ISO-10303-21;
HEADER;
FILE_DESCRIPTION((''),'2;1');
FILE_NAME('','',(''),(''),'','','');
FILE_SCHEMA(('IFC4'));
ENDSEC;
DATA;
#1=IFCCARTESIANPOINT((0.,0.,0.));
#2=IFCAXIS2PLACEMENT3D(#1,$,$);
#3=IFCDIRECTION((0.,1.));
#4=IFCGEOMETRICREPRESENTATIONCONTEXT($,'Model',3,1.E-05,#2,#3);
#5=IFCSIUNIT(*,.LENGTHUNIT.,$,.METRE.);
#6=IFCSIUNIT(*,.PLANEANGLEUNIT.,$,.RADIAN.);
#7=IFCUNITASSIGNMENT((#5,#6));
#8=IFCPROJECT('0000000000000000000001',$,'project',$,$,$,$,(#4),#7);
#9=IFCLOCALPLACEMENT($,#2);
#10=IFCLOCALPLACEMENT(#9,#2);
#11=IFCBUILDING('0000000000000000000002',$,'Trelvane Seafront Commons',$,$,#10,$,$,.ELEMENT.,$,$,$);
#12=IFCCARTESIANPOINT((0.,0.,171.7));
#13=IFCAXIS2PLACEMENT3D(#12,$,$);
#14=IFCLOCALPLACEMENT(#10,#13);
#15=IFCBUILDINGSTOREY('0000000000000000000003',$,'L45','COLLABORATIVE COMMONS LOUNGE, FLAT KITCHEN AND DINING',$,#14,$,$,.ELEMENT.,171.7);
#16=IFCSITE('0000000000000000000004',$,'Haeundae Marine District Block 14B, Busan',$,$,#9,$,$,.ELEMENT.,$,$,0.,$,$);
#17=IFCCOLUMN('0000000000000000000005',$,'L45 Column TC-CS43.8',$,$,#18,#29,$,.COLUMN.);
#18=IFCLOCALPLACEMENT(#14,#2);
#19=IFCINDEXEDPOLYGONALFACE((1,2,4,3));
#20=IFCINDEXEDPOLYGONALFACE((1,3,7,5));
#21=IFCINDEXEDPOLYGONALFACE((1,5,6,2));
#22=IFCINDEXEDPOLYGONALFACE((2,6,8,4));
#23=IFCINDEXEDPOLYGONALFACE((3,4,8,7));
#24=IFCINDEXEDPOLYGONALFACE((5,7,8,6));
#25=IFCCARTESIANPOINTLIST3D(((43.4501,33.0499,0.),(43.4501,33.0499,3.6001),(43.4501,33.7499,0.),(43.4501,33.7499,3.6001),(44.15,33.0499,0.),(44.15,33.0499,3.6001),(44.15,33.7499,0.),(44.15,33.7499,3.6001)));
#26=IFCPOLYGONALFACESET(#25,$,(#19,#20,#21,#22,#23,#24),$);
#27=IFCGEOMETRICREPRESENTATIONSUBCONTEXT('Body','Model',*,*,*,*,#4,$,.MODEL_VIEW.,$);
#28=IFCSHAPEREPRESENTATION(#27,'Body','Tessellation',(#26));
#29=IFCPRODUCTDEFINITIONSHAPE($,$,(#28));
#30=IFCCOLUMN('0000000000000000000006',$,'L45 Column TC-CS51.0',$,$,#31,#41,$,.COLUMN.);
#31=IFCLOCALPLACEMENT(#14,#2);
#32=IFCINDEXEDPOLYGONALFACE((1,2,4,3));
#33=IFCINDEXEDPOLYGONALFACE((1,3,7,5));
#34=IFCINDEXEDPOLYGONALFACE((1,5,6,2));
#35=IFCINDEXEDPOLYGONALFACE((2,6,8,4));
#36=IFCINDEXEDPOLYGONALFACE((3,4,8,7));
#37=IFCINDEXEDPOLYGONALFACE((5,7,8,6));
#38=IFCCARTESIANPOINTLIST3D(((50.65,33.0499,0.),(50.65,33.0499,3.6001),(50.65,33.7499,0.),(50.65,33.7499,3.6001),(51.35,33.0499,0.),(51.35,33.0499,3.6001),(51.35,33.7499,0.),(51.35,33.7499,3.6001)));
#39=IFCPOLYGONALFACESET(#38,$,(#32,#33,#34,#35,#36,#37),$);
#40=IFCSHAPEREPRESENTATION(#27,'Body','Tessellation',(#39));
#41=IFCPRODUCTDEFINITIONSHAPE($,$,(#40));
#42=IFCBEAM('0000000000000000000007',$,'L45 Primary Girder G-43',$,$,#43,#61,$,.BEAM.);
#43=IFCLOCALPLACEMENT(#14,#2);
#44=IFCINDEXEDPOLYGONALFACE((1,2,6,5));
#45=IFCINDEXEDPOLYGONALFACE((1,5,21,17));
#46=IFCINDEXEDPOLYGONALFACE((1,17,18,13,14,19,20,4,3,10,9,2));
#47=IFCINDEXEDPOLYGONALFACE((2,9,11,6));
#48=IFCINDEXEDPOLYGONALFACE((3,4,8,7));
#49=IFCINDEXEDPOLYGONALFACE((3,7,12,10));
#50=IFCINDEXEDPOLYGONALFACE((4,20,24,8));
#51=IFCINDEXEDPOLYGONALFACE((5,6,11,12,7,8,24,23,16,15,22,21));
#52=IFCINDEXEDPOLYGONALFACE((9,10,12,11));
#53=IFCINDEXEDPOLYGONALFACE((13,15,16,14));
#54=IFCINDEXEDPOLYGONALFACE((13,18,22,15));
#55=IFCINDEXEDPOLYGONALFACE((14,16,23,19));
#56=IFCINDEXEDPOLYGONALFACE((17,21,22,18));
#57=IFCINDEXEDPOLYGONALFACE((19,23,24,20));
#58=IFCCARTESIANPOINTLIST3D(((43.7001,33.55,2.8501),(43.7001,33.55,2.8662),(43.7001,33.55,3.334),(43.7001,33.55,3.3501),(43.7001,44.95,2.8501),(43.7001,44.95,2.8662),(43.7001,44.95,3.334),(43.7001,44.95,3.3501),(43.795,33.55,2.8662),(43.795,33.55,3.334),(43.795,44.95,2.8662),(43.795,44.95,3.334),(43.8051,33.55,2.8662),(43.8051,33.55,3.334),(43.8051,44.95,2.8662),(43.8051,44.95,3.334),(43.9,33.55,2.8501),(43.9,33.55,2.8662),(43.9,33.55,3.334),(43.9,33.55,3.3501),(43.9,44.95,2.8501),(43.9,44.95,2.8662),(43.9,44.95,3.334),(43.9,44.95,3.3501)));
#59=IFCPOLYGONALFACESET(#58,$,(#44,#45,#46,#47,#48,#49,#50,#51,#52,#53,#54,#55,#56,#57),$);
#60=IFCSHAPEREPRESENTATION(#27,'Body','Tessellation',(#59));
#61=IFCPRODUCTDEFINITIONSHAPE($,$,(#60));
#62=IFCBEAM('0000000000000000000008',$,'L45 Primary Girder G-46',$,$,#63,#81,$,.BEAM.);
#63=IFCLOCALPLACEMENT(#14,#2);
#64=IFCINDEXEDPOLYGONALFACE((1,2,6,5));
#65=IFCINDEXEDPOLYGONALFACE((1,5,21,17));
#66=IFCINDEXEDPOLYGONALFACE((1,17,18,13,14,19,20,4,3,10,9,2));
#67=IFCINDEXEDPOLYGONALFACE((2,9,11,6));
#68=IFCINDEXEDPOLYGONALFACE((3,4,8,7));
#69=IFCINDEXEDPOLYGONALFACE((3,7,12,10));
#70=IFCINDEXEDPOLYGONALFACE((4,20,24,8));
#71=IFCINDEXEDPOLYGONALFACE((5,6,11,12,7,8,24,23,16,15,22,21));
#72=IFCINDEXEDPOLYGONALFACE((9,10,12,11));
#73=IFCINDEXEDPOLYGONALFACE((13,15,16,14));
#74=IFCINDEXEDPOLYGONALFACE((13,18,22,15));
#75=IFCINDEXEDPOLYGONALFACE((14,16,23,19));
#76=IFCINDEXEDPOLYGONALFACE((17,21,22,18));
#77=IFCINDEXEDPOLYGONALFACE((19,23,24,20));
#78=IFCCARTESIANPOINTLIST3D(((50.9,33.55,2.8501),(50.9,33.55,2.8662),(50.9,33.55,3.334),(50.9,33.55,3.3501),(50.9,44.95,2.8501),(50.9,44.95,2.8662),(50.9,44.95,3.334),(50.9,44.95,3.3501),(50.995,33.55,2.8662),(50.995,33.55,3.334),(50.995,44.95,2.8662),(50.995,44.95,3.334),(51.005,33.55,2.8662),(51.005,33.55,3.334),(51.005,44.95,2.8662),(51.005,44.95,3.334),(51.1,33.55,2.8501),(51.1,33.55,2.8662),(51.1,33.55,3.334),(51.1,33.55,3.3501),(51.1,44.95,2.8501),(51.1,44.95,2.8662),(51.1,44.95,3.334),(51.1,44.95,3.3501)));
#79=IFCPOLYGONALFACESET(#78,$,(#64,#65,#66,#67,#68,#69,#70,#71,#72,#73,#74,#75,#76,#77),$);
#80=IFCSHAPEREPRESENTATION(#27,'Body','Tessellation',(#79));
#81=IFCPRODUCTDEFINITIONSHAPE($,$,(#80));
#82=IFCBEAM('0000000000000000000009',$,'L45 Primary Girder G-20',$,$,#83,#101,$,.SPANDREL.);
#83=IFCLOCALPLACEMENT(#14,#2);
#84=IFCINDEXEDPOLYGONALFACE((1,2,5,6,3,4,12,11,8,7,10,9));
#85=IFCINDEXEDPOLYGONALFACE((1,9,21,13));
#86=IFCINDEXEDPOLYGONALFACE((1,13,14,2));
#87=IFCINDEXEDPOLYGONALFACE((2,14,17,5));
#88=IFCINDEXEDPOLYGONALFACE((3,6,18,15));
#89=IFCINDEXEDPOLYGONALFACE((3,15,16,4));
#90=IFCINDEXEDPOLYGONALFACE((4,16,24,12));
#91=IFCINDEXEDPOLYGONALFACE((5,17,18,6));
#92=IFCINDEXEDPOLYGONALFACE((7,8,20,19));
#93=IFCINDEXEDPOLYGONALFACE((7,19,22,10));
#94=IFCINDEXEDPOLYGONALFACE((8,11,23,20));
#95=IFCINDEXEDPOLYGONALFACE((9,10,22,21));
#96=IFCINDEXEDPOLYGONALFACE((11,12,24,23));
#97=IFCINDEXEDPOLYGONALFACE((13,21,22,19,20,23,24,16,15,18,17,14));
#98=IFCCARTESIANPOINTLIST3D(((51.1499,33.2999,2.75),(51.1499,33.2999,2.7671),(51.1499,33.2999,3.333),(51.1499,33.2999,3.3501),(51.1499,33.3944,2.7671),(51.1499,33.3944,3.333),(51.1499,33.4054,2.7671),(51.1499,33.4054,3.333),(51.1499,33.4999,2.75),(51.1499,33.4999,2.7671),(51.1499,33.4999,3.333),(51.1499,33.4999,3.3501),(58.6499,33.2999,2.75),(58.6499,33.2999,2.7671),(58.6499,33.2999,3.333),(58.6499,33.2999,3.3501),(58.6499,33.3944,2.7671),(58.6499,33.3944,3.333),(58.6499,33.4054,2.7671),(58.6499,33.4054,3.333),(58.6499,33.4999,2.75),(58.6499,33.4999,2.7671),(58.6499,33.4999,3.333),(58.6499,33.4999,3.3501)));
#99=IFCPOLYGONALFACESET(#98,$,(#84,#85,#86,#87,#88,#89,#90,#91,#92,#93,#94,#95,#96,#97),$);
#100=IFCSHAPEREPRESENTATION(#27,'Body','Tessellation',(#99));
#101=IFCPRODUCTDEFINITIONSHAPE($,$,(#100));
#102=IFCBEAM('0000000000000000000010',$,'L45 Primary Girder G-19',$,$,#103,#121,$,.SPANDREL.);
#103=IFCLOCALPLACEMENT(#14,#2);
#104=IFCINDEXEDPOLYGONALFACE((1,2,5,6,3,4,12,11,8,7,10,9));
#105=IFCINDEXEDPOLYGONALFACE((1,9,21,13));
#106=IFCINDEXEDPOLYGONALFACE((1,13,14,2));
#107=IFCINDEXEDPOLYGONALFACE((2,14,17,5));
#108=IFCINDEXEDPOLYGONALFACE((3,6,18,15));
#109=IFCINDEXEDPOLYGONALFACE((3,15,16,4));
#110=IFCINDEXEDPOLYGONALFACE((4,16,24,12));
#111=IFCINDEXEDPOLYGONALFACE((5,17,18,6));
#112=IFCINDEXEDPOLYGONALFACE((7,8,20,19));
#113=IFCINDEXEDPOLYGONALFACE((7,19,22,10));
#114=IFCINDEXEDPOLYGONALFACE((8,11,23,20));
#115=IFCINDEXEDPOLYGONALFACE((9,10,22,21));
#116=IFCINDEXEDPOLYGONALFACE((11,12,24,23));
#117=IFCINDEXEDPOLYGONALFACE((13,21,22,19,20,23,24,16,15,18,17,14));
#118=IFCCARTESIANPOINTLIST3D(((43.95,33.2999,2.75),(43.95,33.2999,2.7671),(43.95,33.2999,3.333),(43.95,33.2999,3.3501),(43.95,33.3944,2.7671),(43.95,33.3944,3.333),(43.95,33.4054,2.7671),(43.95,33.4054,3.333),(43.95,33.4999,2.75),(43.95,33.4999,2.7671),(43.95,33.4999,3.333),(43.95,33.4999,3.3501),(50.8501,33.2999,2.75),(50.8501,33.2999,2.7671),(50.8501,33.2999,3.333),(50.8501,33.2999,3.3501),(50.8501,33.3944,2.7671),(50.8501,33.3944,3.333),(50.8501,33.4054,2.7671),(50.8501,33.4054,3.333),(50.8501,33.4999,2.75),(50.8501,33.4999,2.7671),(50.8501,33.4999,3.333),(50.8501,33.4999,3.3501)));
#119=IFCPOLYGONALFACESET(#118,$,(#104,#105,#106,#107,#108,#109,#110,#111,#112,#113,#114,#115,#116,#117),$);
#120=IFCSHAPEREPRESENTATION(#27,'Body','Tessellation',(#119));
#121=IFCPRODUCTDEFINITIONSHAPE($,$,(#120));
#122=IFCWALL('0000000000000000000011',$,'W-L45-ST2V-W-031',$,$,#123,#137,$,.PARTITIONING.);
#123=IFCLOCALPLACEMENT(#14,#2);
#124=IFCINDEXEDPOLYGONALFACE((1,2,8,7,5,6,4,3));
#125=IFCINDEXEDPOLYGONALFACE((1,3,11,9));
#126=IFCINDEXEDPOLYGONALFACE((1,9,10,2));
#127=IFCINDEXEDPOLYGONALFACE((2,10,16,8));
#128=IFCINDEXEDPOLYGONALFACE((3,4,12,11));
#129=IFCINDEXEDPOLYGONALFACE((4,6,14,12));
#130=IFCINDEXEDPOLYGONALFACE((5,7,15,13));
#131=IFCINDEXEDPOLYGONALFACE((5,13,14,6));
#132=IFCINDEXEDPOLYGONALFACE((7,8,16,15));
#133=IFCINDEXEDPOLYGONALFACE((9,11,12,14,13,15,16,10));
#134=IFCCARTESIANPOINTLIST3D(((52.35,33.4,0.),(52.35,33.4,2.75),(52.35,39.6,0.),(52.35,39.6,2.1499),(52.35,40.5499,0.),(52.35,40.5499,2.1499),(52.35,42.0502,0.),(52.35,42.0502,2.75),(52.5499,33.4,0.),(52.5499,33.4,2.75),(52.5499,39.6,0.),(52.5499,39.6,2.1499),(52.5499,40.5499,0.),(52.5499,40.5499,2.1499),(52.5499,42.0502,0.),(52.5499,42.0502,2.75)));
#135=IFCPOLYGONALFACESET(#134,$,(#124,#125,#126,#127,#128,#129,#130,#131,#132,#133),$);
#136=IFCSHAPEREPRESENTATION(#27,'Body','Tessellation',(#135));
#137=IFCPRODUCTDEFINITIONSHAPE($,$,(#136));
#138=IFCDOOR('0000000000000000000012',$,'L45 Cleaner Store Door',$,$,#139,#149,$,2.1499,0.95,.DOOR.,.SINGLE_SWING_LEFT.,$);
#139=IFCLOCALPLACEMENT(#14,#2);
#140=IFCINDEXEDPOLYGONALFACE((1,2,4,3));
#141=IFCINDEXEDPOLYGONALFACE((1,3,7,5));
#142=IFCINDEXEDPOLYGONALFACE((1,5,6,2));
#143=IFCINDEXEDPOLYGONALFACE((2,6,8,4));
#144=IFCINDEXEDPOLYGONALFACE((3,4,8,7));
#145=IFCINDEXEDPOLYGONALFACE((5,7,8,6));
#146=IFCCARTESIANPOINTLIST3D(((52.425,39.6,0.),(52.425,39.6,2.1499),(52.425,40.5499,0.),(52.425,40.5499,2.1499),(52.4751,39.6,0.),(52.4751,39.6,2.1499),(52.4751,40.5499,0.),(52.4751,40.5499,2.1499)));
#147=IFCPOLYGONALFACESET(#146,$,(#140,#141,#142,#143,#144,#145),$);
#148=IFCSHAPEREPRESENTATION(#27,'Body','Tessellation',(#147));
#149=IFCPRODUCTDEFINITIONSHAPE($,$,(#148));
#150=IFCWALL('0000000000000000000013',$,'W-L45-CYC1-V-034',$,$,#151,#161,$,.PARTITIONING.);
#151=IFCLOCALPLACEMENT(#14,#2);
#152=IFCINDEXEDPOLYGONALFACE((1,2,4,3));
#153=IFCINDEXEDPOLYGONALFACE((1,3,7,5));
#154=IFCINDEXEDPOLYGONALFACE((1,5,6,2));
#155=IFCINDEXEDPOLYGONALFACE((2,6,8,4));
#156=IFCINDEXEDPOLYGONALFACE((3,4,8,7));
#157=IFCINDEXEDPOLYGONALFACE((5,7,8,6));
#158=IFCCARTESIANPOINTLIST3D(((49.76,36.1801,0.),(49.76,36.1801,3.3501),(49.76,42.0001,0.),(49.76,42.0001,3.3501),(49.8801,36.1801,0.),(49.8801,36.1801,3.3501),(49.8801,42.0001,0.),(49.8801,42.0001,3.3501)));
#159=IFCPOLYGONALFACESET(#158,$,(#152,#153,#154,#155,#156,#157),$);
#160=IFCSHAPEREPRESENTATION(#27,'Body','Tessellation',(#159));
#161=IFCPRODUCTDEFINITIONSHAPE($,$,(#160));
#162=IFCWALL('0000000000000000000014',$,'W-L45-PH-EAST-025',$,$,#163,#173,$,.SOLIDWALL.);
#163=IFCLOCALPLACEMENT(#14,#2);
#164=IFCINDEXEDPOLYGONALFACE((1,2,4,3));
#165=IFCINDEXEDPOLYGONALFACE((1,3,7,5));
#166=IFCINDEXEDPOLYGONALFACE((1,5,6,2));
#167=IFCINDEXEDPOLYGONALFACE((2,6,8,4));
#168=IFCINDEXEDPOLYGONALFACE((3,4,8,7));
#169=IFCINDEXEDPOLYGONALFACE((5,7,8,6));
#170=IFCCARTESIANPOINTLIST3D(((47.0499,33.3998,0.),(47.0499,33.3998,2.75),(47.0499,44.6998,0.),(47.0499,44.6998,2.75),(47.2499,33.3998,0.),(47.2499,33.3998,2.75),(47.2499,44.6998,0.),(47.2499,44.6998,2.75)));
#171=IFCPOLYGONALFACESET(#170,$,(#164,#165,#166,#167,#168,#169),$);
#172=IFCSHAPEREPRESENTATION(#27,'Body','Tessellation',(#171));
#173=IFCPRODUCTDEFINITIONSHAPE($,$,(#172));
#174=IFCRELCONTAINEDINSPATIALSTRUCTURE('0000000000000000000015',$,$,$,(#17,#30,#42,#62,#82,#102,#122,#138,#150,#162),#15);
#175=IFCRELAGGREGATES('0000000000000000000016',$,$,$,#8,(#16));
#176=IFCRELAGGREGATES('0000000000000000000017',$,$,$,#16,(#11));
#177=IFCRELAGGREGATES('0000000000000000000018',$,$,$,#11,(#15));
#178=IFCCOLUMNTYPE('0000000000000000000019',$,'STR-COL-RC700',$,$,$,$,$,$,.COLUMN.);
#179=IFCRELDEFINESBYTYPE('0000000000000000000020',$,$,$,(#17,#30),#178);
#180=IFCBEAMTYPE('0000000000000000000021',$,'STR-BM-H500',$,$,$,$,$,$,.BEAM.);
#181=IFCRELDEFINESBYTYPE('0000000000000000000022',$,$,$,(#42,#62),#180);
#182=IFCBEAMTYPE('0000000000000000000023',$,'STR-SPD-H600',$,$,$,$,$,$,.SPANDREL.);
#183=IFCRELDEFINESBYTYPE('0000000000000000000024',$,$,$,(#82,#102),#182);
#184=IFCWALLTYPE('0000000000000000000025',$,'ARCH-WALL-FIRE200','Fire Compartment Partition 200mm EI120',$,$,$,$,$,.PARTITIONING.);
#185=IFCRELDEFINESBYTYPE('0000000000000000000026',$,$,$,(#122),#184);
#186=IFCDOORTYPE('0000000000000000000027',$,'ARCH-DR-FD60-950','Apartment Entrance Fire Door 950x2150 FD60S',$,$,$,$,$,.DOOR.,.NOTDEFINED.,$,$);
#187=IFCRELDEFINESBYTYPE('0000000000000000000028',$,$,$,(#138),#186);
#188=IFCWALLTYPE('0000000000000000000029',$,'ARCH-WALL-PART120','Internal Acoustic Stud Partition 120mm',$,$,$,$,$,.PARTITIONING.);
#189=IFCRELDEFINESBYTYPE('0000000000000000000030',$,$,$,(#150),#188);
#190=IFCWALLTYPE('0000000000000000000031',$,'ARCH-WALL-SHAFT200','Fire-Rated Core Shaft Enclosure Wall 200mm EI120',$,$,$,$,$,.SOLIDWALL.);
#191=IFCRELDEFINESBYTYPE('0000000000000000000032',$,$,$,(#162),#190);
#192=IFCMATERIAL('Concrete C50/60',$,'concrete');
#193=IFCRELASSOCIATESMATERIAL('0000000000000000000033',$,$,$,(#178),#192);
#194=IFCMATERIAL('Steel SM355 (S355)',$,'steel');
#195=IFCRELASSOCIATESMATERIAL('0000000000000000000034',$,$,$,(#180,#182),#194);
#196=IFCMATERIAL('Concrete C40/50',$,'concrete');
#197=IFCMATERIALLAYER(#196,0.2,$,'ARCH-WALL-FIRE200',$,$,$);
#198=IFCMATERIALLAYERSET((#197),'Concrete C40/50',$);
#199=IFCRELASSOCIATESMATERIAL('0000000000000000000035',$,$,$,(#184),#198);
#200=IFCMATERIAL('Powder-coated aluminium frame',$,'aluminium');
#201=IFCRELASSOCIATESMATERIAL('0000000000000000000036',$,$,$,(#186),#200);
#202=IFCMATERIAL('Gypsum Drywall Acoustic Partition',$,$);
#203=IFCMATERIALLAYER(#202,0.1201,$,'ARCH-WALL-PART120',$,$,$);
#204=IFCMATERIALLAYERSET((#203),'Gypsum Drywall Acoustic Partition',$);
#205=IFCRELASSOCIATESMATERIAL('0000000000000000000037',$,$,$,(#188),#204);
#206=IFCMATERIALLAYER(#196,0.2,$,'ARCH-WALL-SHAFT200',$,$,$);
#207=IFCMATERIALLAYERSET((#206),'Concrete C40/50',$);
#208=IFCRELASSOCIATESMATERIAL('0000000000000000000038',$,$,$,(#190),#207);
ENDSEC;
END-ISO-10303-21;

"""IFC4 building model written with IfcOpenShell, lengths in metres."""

from ifc_helpers import new_model, si_unit, direction, frame, frame_2d, origin, origin_2d, place, context, subcontext, project, spatial, rectangle, i_section, extrude, source, transform, mapped, material, layer, layer_set, material_profile, profile_set, type_object, element, fill, save


model = new_model("IFC4")

# Units and contexts
model_context = context("Model", 3, precision=1e-05, world=origin(), true_north=direction((0.0, 1.0)))
body_context = subcontext(model_context, "Body", "Model", "MODEL_VIEW")
ifc_project = project(units=[si_unit("LENGTHUNIT", "METRE"), si_unit("PLANEANGLEUNIT", "RADIAN")], contexts=[model_context])

# Site, building, storey
site_placement = place(None, origin())
site = spatial("IfcSite", under=ifc_project, at=site_placement, Name="Haeundae Marine District Block 14B, Busan", CompositionType="ELEMENT", RefElevation=0.0)
building_placement = place(site_placement, origin())
building = spatial("IfcBuilding", under=site, at=building_placement, Name="Trelvane Seafront Commons", CompositionType="ELEMENT")
storey_placement = place(building_placement, frame((0.0, 0.0, 171.7)))
storey = spatial("IfcBuildingStorey", under=building, at=storey_placement, Name="L45", Description="COLLABORATIVE COMMONS LOUNGE, FLAT KITCHEN AND DINING", CompositionType="ELEMENT", Elevation=171.7)

# Columns
ifc_material_1 = material(Name="Concrete C50/60", Category="concrete")
ifc_material_profile_1 = material_profile(ifc_material_1, rectangle(XDim=0.7, YDim=0.7, at=origin_2d()), Name="RC-700x700")
ifc_profile_set_1 = profile_set([ifc_material_profile_1], Name="Concrete C50/60")
column_type = type_object("IfcColumnType", Name="STR-COL-RC700", PredefinedType="COLUMN", material=ifc_profile_set_1)
shared_shape_1 = source(origin(), body_context, "Body", "SweptSolid", [
    extrude(rectangle(XDim=0.7, YDim=0.7, at=origin_2d()), origin(), (0.0, 0.0, 1.0), 3.6001),
])
for number, where, z_axis, x_axis, name in (
    (1, (43.8, 33.3999, 0.0), (0.0, 0.0, 1.0), (1.0, 0.0, 0.0), "L45 Column TC-CS43.8"),
    (2, (51.0, 33.3999, 0.0), (0.0, 0.0, 1.0), (1.0, 0.0, 0.0), "L45 Column TC-CS51.0"),
):
    element("IfcColumn", number, at=place(storey_placement, frame(where, z_axis=z_axis, x_axis=x_axis)), inside=storey, type_object=column_type, Name=name, PredefinedType="COLUMN", context=body_context, shape_type="MappedRepresentation", body=[
        mapped(shared_shape_1, transform((0.0, 0.0, 0.0), x_axis=(1.0, 0.0, 0.0), y_axis=(0.0, 1.0, 0.0), z_axis=(0.0, 0.0, 1.0), scale=1.0)),
    ])

# Beams
ifc_material_2 = material(Name="Steel SM355 (S355)", Category="steel")
ifc_material_profile_2 = material_profile(ifc_material_2, i_section(OverallWidth=0.2, OverallDepth=0.5, WebThickness=0.01, FlangeThickness=0.0161, at=origin_2d()), Name="H-500x200x10x16")
ifc_profile_set_2 = profile_set([ifc_material_profile_2], Name="Steel SM355 (S355)")
beam_type_1 = type_object("IfcBeamType", Name="STR-BM-H500", PredefinedType="BEAM", material=ifc_profile_set_2)
shared_shape_2 = source(origin(), body_context, "Body", "SweptSolid", [
    extrude(i_section(OverallWidth=0.2, OverallDepth=0.5, WebThickness=0.01, FlangeThickness=0.0161, at=origin_2d()), origin(), (0.0, 0.0, 1.0), 11.3999),
])
for number, where, z_axis, x_axis, name in (
    (3, (43.8, 33.55, 3.1001), (0.0, 1.0, 0.0), (-1.0, 0.0, 0.0), "L45 Primary Girder G-43"),
    (4, (51.0, 33.55, 3.1001), (0.0, 1.0, 0.0), (-1.0, 0.0, 0.0), "L45 Primary Girder G-46"),
):
    element("IfcBeam", number, at=place(storey_placement, frame(where, z_axis=z_axis, x_axis=x_axis)), inside=storey, type_object=beam_type_1, Name=name, PredefinedType="BEAM", context=body_context, shape_type="MappedRepresentation", body=[
        mapped(shared_shape_2, transform((0.0, 0.0, 0.0), x_axis=(1.0, 0.0, 0.0), y_axis=(0.0, 1.0, 0.0), z_axis=(0.0, 0.0, 1.0), scale=1.0)),
    ])
ifc_material_profile_3 = material_profile(ifc_material_2, i_section(OverallWidth=0.2, OverallDepth=0.6001, WebThickness=0.011, FlangeThickness=0.0171, at=origin_2d()), Name="H-600x200x11x17")
ifc_profile_set_3 = profile_set([ifc_material_profile_3], Name="Steel SM355 (S355)")
beam_type_2 = type_object("IfcBeamType", Name="STR-SPD-H600", PredefinedType="SPANDREL", material=ifc_profile_set_3)
shared_shape_3 = source(origin(), body_context, "Body", "SweptSolid", [
    extrude(i_section(OverallWidth=0.2, OverallDepth=0.6001, WebThickness=0.011, FlangeThickness=0.0171, at=origin_2d()), origin(), (0.0, 0.0, 1.0), 7.5),
])
beam_1_placement = place(storey_placement, frame((51.1499, 33.3999, 3.05), z_axis=(1.0, 0.0, 0.0), x_axis=(0.0, 1.0, 0.0)))
element("IfcBeam", 5, at=beam_1_placement, inside=storey, type_object=beam_type_2, Name="L45 Primary Girder G-20", PredefinedType="SPANDREL", context=body_context, shape_type="MappedRepresentation", body=[
    mapped(shared_shape_3, transform((0.0, 0.0, 0.0), x_axis=(1.0, 0.0, 0.0), y_axis=(0.0, 1.0, 0.0), z_axis=(0.0, 0.0, 1.0), scale=1.0)),
])
shared_shape_4 = source(origin(), body_context, "Body", "SweptSolid", [
    extrude(i_section(OverallWidth=0.2, OverallDepth=0.6001, WebThickness=0.011, FlangeThickness=0.0171, at=origin_2d()), origin(), (0.0, 0.0, 1.0), 6.9001),
])
beam_2_placement = place(storey_placement, frame((43.95, 33.3999, 3.05), z_axis=(1.0, 0.0, 0.0), x_axis=(0.0, 1.0, 0.0)))
element("IfcBeam", 6, at=beam_2_placement, inside=storey, type_object=beam_type_2, Name="L45 Primary Girder G-19", PredefinedType="SPANDREL", context=body_context, shape_type="MappedRepresentation", body=[
    mapped(shared_shape_4, transform((0.0, 0.0, 0.0), x_axis=(1.0, 0.0, 0.0), y_axis=(0.0, 1.0, 0.0), z_axis=(0.0, 0.0, 1.0), scale=1.0)),
])

# Wall, opening, door
ifc_material_3 = material(Name="Concrete C40/50", Category="concrete")
ifc_layer_1 = layer(ifc_material_3, 0.2, Name="ARCH-WALL-FIRE200")
ifc_layer_set_1 = layer_set([ifc_layer_1], Name="Concrete C40/50")
wall_type_1 = type_object("IfcWallType", Name="ARCH-WALL-FIRE200", Description="Fire Compartment Partition 200mm EI120", PredefinedType="PARTITIONING", material=ifc_layer_set_1)
wall_1_placement = place(storey_placement, frame((52.45, 33.3999, 0.0), z_axis=(0.0, 0.0, 1.0), x_axis=(0.0, 1.0, 0.0)))
wall_1 = element("IfcWall", 7, at=wall_1_placement, inside=storey, type_object=wall_type_1, Name="W-L45-ST2V-W-031", PredefinedType="PARTITIONING", context=body_context, shape_type="SweptSolid", body=[
    extrude(rectangle(XDim=8.6501, YDim=0.2, at=frame_2d((4.3252, 0.0))), origin(), (0.0, 0.0, 1.0), 2.75),
])
opening_1_placement = place(wall_1_placement, frame((6.2, 0.0, 0.0)))
opening_1 = element("IfcOpeningElement", 8, at=opening_1_placement, cuts=wall_1, PredefinedType="OPENING", context=body_context, shape_type="SweptSolid", body=[
    extrude(rectangle(XDim=0.95, YDim=2.1499, at=frame_2d((0.4751, 1.075))), frame((0.0, 0.1099, 0.0), z_axis=(0.0, -1.0, 0.0), x_axis=(1.0, 0.0, 0.0)), (0.0, 0.0, 1.0), 0.22),
])
ifc_material_4 = material(Name="Powder-coated aluminium frame", Category="aluminium")
door_type_1 = type_object("IfcDoorType", Name="ARCH-DR-FD60-950", Description="Apartment Entrance Fire Door 950x2150 FD60S", OperationType="NOTDEFINED", PredefinedType="DOOR", material=ifc_material_4)
shared_shape_5 = source(origin(), body_context, "Body", "SweptSolid", [
    extrude(rectangle(XDim=0.95, YDim=2.1499, at=frame_2d((0.4751, 1.075))), frame((0.0, 0.0249, 0.0), z_axis=(0.0, -1.0, 0.0), x_axis=(1.0, 0.0, 0.0)), (0.0, 0.0, 1.0), 0.05),
])
door_1_placement = place(opening_1_placement, origin())
door_1 = element("IfcDoor", 9, at=door_1_placement, inside=storey, type_object=door_type_1, Name="L45 Cleaner Store Door", OperationType="SINGLE_SWING_LEFT", OverallHeight=2.1499, OverallWidth=0.95, PredefinedType="DOOR", context=body_context, shape_type="MappedRepresentation", body=[
    mapped(shared_shape_5, transform((0.0, 0.0, 0.0), x_axis=(1.0, 0.0, 0.0), y_axis=(0.0, 1.0, 0.0), z_axis=(0.0, 0.0, 1.0), scale=1.0)),
])
fill(opening_1, door_1)

# Shared definitions
ifc_material_5 = material(Name="Gypsum Drywall Acoustic Partition")
ifc_layer_2 = layer(ifc_material_5, 0.1201, Name="ARCH-WALL-PART120")
ifc_layer_set_2 = layer_set([ifc_layer_2], Name="Gypsum Drywall Acoustic Partition")
wall_type_2 = type_object("IfcWallType", Name="ARCH-WALL-PART120", Description="Internal Acoustic Stud Partition 120mm", PredefinedType="PARTITIONING", material=ifc_layer_set_2)

# Walls
wall_2_placement = place(storey_placement, frame((49.8201, 36.1799, 0.0), z_axis=(0.0, 0.0, 1.0), x_axis=(0.0, 1.0, 0.0)))
element("IfcWall", 10, at=wall_2_placement, inside=storey, type_object=wall_type_2, Name="W-L45-CYC1-V-034", PredefinedType="PARTITIONING", context=body_context, shape_type="SweptSolid", body=[
    extrude(rectangle(XDim=5.8201, YDim=0.1201, at=frame_2d((2.9102, 0.0))), origin(), (0.0, 0.0, 1.0), 3.3501),
])
ifc_layer_3 = layer(ifc_material_3, 0.2, Name="ARCH-WALL-SHAFT200")
ifc_layer_set_3 = layer_set([ifc_layer_3], Name="Concrete C40/50")
wall_type_3 = type_object("IfcWallType", Name="ARCH-WALL-SHAFT200", Description="Fire-Rated Core Shaft Enclosure Wall 200mm EI120", PredefinedType="SOLIDWALL", material=ifc_layer_set_3)
wall_3_placement = place(storey_placement, frame((47.1499, 33.3999, 0.0), z_axis=(0.0, 0.0, 1.0), x_axis=(0.0, 1.0, 0.0)))
element("IfcWall", 11, at=wall_3_placement, inside=storey, type_object=wall_type_3, Name="W-L45-PH-EAST-025", PredefinedType="SOLIDWALL", context=body_context, shape_type="SweptSolid", body=[
    extrude(rectangle(XDim=11.3, YDim=0.2, at=frame_2d((5.6499, 0.0))), origin(), (0.0, 0.0, 1.0), 2.75),
])

save(model, "model.ifc")
